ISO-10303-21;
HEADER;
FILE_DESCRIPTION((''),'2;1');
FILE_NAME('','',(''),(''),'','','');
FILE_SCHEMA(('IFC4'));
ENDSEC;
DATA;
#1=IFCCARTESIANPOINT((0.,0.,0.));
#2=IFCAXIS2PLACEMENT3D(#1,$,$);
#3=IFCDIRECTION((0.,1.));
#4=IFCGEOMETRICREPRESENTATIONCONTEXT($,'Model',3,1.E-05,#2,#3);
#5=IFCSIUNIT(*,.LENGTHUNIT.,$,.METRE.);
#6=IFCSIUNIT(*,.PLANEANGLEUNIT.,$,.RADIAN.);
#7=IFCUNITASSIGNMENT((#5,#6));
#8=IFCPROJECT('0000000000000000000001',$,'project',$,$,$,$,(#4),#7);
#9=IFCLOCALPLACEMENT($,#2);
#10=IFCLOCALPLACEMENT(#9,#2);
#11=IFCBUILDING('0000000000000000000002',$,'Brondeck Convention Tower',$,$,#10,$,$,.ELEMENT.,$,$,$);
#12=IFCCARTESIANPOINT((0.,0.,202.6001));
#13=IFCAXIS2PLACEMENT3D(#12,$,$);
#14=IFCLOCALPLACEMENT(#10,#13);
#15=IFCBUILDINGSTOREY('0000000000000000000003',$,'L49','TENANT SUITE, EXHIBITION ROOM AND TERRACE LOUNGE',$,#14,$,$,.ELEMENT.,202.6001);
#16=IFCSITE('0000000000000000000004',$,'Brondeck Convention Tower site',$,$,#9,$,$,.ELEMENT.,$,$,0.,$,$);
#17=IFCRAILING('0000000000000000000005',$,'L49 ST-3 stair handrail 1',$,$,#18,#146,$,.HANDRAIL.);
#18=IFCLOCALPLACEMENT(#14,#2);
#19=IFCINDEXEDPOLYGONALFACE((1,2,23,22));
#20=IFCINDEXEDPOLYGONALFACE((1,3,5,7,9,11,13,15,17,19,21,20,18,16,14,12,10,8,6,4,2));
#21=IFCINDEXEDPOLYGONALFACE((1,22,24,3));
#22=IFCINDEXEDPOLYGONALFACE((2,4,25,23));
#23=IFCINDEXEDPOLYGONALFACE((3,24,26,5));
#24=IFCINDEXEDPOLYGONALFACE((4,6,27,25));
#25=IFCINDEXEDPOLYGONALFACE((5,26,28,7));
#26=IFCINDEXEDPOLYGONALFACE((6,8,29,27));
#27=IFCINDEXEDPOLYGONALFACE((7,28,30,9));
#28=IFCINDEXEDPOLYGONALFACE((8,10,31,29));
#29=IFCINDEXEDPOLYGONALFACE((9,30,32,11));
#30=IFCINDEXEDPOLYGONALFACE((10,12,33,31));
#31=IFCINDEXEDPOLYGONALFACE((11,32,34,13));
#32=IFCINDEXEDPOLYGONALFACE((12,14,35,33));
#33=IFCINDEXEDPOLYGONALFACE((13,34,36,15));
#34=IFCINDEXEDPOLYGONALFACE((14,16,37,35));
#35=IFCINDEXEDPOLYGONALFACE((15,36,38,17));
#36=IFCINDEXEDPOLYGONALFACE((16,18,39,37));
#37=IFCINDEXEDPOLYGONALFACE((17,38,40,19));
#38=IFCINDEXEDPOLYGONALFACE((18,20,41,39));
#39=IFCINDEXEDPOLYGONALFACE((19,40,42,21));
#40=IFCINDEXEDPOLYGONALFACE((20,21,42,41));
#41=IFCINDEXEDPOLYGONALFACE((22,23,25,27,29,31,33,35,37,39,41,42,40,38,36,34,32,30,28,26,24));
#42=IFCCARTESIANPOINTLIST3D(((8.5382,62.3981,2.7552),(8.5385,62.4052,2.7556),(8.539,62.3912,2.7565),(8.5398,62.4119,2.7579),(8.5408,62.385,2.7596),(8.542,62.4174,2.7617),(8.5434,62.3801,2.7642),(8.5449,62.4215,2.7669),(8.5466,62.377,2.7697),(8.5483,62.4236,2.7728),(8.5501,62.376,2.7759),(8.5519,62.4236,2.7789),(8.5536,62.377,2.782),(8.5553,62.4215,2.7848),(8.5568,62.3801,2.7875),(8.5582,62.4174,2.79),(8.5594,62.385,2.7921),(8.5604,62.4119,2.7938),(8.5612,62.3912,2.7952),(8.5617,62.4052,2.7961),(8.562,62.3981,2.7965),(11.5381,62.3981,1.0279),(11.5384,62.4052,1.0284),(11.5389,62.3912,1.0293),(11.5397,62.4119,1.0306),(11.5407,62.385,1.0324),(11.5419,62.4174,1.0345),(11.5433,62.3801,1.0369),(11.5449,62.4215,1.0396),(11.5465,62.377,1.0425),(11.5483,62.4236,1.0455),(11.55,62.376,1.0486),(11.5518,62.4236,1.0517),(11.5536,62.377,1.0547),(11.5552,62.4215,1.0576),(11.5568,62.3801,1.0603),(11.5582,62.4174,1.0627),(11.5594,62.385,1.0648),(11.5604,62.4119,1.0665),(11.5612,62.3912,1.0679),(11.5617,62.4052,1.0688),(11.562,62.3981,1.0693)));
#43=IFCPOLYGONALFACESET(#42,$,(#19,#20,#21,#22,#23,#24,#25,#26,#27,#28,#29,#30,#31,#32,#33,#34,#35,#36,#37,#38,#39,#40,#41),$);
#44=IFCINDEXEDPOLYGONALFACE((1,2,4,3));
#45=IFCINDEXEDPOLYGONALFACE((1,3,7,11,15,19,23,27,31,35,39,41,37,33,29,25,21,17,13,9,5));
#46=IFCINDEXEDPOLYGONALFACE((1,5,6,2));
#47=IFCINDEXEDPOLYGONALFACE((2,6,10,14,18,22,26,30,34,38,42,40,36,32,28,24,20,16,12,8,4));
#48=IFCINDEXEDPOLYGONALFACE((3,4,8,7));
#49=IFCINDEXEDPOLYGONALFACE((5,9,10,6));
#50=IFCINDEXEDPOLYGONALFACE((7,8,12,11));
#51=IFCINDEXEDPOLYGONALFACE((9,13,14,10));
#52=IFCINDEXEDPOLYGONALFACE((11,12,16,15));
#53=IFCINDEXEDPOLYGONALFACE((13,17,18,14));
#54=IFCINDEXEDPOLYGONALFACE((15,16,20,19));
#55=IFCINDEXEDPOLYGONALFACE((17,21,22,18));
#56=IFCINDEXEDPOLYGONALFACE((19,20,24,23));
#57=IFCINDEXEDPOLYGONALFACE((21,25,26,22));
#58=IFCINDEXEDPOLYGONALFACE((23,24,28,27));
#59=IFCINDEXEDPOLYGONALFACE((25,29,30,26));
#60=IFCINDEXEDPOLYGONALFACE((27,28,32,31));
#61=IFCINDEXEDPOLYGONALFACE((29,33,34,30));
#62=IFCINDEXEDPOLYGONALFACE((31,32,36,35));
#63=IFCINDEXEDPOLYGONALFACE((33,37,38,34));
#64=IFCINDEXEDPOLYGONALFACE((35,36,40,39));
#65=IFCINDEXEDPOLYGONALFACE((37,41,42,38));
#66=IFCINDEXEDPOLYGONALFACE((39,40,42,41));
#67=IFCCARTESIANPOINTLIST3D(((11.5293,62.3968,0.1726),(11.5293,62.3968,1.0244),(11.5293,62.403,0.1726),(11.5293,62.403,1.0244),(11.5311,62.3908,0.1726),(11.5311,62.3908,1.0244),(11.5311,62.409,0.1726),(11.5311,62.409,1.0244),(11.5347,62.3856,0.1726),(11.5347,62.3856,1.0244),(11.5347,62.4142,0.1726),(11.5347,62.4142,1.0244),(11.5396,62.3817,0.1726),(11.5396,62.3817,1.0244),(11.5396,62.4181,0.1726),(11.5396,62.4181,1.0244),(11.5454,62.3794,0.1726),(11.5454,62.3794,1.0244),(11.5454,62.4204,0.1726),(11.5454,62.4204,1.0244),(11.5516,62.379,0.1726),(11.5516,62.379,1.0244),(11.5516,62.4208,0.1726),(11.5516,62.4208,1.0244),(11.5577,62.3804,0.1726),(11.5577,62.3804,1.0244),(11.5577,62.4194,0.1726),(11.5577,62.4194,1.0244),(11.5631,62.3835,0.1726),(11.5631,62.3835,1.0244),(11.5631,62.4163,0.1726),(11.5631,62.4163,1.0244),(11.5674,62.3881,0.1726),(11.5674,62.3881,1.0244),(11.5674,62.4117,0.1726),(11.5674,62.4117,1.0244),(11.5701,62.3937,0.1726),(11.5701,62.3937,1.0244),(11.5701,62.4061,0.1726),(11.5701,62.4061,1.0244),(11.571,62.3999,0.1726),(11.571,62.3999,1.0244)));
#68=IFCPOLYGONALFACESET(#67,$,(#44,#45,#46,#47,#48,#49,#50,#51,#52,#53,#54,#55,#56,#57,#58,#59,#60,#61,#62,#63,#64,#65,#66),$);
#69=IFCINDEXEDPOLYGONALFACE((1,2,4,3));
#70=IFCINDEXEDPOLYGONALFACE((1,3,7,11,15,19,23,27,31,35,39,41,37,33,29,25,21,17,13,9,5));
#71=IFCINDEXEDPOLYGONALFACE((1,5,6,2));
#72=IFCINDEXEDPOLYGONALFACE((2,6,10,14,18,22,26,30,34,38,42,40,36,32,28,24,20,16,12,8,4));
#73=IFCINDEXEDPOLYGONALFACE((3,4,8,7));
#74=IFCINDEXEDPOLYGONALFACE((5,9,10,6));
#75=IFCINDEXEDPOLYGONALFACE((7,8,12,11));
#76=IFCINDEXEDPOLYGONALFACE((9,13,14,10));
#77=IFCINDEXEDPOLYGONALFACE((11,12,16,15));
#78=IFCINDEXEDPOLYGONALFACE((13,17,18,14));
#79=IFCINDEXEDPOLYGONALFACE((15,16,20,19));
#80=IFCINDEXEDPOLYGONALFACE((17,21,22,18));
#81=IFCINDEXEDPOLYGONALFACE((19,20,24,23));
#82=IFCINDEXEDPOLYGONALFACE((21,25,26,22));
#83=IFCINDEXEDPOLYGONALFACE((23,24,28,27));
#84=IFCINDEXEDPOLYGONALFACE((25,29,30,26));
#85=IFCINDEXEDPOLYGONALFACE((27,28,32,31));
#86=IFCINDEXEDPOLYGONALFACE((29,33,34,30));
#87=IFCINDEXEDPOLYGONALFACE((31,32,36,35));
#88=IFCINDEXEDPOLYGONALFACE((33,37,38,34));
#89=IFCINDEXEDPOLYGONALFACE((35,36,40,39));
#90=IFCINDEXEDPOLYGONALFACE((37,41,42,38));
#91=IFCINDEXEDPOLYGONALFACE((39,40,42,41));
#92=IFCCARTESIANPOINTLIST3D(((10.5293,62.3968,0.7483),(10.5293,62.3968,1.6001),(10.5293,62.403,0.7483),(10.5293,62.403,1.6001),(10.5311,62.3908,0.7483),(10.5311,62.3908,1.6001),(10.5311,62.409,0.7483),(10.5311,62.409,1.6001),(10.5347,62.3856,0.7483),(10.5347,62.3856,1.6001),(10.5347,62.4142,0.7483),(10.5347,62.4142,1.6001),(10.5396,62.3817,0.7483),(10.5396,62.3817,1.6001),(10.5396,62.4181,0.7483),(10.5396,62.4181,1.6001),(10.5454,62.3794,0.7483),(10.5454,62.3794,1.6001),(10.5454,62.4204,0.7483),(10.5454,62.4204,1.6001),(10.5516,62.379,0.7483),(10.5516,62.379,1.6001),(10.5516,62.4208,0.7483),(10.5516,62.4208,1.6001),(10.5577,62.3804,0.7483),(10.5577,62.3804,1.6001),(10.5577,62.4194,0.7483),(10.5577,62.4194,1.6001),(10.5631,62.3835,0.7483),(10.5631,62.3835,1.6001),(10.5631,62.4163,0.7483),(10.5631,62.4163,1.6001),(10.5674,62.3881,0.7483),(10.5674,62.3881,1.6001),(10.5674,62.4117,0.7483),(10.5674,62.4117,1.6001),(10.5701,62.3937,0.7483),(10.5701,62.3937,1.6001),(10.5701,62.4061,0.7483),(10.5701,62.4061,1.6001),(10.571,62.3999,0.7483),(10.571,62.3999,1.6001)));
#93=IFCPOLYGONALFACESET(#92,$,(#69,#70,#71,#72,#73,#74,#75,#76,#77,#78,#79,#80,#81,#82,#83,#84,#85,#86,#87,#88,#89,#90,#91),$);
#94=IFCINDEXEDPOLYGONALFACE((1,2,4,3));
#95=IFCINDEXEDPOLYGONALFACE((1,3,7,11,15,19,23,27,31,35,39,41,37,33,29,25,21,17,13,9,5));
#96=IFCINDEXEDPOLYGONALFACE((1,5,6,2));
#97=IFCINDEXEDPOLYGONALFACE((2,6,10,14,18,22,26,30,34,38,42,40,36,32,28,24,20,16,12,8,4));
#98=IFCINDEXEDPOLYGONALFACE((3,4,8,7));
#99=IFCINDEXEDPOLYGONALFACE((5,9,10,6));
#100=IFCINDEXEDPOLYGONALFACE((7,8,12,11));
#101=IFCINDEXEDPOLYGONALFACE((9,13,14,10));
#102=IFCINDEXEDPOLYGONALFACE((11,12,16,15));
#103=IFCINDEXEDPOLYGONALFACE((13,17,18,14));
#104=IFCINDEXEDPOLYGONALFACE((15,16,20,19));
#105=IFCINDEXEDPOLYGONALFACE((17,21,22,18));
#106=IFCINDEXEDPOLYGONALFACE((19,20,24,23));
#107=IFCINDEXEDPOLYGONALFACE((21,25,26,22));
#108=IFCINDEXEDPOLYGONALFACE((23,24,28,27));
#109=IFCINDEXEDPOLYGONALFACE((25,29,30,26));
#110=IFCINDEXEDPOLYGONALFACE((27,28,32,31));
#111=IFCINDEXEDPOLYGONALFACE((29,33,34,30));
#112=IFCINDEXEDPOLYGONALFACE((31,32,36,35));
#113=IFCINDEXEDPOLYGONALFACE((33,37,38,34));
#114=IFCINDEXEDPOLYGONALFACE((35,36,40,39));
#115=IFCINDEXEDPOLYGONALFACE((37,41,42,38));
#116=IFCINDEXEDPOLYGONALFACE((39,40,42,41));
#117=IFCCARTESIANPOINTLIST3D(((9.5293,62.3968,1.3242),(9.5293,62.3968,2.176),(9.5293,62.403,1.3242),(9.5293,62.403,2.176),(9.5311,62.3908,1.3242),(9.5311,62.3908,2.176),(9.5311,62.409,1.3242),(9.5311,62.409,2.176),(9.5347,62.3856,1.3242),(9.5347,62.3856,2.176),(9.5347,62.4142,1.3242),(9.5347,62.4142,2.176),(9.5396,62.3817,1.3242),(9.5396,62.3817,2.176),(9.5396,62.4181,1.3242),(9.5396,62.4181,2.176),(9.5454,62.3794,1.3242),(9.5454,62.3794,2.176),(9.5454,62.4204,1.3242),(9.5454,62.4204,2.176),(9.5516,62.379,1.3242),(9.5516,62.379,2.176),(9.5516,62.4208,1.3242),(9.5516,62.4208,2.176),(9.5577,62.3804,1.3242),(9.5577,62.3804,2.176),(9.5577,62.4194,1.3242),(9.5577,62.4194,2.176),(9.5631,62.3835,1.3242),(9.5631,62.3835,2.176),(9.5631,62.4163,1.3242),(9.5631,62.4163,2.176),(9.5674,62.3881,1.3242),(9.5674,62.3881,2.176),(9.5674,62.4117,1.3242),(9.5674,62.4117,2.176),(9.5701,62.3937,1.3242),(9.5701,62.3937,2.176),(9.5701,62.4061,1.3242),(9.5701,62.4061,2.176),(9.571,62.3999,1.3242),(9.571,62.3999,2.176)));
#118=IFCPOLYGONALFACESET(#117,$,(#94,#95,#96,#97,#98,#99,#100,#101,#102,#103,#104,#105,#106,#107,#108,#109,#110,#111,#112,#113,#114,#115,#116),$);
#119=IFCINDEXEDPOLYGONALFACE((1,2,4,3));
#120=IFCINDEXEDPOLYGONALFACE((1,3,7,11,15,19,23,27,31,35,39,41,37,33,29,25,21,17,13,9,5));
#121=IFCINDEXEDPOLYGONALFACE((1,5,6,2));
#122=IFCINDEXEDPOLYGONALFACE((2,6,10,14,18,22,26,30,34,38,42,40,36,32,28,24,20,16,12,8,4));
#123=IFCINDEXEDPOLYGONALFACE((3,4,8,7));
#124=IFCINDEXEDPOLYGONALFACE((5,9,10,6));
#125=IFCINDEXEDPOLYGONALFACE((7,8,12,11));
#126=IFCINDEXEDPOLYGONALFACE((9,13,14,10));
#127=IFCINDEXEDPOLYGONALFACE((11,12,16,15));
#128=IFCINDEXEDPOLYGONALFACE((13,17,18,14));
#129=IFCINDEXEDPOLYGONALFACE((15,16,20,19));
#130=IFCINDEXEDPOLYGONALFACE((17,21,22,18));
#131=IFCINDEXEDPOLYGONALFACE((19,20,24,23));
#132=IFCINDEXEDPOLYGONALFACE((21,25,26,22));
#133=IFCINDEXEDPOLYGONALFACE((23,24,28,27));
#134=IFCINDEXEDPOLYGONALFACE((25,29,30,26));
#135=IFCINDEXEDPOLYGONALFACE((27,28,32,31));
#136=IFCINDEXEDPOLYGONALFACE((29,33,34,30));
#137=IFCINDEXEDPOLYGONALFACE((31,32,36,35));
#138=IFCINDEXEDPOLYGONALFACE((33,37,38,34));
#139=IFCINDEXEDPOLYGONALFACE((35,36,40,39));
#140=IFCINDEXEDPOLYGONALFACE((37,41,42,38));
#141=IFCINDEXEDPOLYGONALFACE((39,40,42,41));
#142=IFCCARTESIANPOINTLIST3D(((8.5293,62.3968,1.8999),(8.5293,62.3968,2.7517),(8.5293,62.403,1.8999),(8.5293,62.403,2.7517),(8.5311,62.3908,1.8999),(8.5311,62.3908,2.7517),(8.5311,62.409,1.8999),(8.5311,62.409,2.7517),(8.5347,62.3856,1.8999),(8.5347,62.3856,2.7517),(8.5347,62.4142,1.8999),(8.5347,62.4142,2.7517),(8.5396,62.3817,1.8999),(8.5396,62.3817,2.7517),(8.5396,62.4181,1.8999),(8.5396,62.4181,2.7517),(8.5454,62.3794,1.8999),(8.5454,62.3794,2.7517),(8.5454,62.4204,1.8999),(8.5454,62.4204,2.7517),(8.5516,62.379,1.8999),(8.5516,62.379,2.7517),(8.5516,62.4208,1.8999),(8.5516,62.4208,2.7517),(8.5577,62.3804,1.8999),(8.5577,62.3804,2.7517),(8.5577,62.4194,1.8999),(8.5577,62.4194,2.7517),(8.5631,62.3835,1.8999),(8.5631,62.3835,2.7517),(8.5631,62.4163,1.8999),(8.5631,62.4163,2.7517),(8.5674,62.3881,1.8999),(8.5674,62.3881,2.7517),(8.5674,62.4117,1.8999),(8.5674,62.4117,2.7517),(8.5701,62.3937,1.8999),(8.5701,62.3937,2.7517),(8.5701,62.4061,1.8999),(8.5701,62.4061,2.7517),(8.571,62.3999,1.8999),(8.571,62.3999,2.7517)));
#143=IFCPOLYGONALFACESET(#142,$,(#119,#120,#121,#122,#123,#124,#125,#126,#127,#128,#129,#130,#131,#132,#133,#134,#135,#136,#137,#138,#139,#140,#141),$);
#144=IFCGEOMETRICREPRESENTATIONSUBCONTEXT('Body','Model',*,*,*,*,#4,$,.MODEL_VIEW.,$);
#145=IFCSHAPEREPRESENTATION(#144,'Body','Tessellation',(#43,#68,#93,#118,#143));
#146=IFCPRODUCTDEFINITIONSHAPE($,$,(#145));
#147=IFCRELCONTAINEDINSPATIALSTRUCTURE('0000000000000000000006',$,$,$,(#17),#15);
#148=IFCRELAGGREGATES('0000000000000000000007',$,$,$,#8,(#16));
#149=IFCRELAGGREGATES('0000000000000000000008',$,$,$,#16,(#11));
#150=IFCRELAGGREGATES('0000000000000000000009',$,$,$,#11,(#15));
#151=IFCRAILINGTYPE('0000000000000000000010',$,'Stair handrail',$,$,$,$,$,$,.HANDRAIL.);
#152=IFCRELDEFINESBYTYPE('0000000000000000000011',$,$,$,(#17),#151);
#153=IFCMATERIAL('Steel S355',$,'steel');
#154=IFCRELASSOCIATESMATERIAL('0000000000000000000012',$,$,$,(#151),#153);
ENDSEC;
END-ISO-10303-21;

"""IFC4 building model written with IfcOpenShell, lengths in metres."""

from ifc_helpers import new_model, si_unit, direction, frame, origin, origin_2d, place, context, subcontext, project, spatial, circle, extrude, material, type_object, element, save


model = new_model("IFC4")

# Units and contexts
model_context = context("Model", 3, precision=1e-05, world=origin(), true_north=direction((0.0, 1.0)))
body_context = subcontext(model_context, "Body", "Model", "MODEL_VIEW")
ifc_project = project(units=[si_unit("LENGTHUNIT", "METRE"), si_unit("PLANEANGLEUNIT", "RADIAN")], contexts=[model_context])

# Site, building, storey
site_placement = place(None, origin())
site = spatial("IfcSite", under=ifc_project, at=site_placement, Name="Brondeck Convention Tower site", CompositionType="ELEMENT", RefElevation=0.0)
building_placement = place(site_placement, origin())
building = spatial("IfcBuilding", under=site, at=building_placement, Name="Brondeck Convention Tower", CompositionType="ELEMENT")
storey_placement = place(building_placement, frame((0.0, 0.0, 202.6001)))
storey = spatial("IfcBuildingStorey", under=building, at=storey_placement, Name="L49", Description="TENANT SUITE, EXHIBITION ROOM AND TERRACE LOUNGE", CompositionType="ELEMENT", Elevation=202.6001)

# Railing
ifc_material_1 = material(Name="Steel S355", Category="steel")
railing_type_1 = type_object("IfcRailingType", Name="Stair handrail", PredefinedType="HANDRAIL", material=ifc_material_1)
railing_1_placement = place(storey_placement, frame((11.55, 62.3999, 0.1726)))
element("IfcRailing", 1, at=railing_1_placement, inside=storey, type_object=railing_type_1, Name="L49 ST-3 stair handrail 1", PredefinedType="HANDRAIL", context=body_context, shape_type="SweptSolid", body=[
    extrude(circle(Radius=0.0239, at=origin_2d()), frame((0.0, 0.0, 0.876), z_axis=(-0.86662, 0.0, 0.498969), x_axis=(0.0, -1.0, 0.0)), (0.0, 0.0, 1.0), 3.4617),
    extrude(circle(Radius=0.021, at=origin_2d()), origin(), (0.0, 0.0, 1.0), 0.8518),
    extrude(circle(Radius=0.021, at=origin_2d()), frame((-1.0, 0.0, 0.5757)), (0.0, 0.0, 1.0), 0.8518),
    extrude(circle(Radius=0.021, at=origin_2d()), frame((-2.0, 0.0, 1.1516)), (0.0, 0.0, 1.0), 0.8518),
    extrude(circle(Radius=0.021, at=origin_2d()), frame((-3.0, 0.0, 1.7273)), (0.0, 0.0, 1.0), 0.8518),
])

save(model, "model.ifc")
